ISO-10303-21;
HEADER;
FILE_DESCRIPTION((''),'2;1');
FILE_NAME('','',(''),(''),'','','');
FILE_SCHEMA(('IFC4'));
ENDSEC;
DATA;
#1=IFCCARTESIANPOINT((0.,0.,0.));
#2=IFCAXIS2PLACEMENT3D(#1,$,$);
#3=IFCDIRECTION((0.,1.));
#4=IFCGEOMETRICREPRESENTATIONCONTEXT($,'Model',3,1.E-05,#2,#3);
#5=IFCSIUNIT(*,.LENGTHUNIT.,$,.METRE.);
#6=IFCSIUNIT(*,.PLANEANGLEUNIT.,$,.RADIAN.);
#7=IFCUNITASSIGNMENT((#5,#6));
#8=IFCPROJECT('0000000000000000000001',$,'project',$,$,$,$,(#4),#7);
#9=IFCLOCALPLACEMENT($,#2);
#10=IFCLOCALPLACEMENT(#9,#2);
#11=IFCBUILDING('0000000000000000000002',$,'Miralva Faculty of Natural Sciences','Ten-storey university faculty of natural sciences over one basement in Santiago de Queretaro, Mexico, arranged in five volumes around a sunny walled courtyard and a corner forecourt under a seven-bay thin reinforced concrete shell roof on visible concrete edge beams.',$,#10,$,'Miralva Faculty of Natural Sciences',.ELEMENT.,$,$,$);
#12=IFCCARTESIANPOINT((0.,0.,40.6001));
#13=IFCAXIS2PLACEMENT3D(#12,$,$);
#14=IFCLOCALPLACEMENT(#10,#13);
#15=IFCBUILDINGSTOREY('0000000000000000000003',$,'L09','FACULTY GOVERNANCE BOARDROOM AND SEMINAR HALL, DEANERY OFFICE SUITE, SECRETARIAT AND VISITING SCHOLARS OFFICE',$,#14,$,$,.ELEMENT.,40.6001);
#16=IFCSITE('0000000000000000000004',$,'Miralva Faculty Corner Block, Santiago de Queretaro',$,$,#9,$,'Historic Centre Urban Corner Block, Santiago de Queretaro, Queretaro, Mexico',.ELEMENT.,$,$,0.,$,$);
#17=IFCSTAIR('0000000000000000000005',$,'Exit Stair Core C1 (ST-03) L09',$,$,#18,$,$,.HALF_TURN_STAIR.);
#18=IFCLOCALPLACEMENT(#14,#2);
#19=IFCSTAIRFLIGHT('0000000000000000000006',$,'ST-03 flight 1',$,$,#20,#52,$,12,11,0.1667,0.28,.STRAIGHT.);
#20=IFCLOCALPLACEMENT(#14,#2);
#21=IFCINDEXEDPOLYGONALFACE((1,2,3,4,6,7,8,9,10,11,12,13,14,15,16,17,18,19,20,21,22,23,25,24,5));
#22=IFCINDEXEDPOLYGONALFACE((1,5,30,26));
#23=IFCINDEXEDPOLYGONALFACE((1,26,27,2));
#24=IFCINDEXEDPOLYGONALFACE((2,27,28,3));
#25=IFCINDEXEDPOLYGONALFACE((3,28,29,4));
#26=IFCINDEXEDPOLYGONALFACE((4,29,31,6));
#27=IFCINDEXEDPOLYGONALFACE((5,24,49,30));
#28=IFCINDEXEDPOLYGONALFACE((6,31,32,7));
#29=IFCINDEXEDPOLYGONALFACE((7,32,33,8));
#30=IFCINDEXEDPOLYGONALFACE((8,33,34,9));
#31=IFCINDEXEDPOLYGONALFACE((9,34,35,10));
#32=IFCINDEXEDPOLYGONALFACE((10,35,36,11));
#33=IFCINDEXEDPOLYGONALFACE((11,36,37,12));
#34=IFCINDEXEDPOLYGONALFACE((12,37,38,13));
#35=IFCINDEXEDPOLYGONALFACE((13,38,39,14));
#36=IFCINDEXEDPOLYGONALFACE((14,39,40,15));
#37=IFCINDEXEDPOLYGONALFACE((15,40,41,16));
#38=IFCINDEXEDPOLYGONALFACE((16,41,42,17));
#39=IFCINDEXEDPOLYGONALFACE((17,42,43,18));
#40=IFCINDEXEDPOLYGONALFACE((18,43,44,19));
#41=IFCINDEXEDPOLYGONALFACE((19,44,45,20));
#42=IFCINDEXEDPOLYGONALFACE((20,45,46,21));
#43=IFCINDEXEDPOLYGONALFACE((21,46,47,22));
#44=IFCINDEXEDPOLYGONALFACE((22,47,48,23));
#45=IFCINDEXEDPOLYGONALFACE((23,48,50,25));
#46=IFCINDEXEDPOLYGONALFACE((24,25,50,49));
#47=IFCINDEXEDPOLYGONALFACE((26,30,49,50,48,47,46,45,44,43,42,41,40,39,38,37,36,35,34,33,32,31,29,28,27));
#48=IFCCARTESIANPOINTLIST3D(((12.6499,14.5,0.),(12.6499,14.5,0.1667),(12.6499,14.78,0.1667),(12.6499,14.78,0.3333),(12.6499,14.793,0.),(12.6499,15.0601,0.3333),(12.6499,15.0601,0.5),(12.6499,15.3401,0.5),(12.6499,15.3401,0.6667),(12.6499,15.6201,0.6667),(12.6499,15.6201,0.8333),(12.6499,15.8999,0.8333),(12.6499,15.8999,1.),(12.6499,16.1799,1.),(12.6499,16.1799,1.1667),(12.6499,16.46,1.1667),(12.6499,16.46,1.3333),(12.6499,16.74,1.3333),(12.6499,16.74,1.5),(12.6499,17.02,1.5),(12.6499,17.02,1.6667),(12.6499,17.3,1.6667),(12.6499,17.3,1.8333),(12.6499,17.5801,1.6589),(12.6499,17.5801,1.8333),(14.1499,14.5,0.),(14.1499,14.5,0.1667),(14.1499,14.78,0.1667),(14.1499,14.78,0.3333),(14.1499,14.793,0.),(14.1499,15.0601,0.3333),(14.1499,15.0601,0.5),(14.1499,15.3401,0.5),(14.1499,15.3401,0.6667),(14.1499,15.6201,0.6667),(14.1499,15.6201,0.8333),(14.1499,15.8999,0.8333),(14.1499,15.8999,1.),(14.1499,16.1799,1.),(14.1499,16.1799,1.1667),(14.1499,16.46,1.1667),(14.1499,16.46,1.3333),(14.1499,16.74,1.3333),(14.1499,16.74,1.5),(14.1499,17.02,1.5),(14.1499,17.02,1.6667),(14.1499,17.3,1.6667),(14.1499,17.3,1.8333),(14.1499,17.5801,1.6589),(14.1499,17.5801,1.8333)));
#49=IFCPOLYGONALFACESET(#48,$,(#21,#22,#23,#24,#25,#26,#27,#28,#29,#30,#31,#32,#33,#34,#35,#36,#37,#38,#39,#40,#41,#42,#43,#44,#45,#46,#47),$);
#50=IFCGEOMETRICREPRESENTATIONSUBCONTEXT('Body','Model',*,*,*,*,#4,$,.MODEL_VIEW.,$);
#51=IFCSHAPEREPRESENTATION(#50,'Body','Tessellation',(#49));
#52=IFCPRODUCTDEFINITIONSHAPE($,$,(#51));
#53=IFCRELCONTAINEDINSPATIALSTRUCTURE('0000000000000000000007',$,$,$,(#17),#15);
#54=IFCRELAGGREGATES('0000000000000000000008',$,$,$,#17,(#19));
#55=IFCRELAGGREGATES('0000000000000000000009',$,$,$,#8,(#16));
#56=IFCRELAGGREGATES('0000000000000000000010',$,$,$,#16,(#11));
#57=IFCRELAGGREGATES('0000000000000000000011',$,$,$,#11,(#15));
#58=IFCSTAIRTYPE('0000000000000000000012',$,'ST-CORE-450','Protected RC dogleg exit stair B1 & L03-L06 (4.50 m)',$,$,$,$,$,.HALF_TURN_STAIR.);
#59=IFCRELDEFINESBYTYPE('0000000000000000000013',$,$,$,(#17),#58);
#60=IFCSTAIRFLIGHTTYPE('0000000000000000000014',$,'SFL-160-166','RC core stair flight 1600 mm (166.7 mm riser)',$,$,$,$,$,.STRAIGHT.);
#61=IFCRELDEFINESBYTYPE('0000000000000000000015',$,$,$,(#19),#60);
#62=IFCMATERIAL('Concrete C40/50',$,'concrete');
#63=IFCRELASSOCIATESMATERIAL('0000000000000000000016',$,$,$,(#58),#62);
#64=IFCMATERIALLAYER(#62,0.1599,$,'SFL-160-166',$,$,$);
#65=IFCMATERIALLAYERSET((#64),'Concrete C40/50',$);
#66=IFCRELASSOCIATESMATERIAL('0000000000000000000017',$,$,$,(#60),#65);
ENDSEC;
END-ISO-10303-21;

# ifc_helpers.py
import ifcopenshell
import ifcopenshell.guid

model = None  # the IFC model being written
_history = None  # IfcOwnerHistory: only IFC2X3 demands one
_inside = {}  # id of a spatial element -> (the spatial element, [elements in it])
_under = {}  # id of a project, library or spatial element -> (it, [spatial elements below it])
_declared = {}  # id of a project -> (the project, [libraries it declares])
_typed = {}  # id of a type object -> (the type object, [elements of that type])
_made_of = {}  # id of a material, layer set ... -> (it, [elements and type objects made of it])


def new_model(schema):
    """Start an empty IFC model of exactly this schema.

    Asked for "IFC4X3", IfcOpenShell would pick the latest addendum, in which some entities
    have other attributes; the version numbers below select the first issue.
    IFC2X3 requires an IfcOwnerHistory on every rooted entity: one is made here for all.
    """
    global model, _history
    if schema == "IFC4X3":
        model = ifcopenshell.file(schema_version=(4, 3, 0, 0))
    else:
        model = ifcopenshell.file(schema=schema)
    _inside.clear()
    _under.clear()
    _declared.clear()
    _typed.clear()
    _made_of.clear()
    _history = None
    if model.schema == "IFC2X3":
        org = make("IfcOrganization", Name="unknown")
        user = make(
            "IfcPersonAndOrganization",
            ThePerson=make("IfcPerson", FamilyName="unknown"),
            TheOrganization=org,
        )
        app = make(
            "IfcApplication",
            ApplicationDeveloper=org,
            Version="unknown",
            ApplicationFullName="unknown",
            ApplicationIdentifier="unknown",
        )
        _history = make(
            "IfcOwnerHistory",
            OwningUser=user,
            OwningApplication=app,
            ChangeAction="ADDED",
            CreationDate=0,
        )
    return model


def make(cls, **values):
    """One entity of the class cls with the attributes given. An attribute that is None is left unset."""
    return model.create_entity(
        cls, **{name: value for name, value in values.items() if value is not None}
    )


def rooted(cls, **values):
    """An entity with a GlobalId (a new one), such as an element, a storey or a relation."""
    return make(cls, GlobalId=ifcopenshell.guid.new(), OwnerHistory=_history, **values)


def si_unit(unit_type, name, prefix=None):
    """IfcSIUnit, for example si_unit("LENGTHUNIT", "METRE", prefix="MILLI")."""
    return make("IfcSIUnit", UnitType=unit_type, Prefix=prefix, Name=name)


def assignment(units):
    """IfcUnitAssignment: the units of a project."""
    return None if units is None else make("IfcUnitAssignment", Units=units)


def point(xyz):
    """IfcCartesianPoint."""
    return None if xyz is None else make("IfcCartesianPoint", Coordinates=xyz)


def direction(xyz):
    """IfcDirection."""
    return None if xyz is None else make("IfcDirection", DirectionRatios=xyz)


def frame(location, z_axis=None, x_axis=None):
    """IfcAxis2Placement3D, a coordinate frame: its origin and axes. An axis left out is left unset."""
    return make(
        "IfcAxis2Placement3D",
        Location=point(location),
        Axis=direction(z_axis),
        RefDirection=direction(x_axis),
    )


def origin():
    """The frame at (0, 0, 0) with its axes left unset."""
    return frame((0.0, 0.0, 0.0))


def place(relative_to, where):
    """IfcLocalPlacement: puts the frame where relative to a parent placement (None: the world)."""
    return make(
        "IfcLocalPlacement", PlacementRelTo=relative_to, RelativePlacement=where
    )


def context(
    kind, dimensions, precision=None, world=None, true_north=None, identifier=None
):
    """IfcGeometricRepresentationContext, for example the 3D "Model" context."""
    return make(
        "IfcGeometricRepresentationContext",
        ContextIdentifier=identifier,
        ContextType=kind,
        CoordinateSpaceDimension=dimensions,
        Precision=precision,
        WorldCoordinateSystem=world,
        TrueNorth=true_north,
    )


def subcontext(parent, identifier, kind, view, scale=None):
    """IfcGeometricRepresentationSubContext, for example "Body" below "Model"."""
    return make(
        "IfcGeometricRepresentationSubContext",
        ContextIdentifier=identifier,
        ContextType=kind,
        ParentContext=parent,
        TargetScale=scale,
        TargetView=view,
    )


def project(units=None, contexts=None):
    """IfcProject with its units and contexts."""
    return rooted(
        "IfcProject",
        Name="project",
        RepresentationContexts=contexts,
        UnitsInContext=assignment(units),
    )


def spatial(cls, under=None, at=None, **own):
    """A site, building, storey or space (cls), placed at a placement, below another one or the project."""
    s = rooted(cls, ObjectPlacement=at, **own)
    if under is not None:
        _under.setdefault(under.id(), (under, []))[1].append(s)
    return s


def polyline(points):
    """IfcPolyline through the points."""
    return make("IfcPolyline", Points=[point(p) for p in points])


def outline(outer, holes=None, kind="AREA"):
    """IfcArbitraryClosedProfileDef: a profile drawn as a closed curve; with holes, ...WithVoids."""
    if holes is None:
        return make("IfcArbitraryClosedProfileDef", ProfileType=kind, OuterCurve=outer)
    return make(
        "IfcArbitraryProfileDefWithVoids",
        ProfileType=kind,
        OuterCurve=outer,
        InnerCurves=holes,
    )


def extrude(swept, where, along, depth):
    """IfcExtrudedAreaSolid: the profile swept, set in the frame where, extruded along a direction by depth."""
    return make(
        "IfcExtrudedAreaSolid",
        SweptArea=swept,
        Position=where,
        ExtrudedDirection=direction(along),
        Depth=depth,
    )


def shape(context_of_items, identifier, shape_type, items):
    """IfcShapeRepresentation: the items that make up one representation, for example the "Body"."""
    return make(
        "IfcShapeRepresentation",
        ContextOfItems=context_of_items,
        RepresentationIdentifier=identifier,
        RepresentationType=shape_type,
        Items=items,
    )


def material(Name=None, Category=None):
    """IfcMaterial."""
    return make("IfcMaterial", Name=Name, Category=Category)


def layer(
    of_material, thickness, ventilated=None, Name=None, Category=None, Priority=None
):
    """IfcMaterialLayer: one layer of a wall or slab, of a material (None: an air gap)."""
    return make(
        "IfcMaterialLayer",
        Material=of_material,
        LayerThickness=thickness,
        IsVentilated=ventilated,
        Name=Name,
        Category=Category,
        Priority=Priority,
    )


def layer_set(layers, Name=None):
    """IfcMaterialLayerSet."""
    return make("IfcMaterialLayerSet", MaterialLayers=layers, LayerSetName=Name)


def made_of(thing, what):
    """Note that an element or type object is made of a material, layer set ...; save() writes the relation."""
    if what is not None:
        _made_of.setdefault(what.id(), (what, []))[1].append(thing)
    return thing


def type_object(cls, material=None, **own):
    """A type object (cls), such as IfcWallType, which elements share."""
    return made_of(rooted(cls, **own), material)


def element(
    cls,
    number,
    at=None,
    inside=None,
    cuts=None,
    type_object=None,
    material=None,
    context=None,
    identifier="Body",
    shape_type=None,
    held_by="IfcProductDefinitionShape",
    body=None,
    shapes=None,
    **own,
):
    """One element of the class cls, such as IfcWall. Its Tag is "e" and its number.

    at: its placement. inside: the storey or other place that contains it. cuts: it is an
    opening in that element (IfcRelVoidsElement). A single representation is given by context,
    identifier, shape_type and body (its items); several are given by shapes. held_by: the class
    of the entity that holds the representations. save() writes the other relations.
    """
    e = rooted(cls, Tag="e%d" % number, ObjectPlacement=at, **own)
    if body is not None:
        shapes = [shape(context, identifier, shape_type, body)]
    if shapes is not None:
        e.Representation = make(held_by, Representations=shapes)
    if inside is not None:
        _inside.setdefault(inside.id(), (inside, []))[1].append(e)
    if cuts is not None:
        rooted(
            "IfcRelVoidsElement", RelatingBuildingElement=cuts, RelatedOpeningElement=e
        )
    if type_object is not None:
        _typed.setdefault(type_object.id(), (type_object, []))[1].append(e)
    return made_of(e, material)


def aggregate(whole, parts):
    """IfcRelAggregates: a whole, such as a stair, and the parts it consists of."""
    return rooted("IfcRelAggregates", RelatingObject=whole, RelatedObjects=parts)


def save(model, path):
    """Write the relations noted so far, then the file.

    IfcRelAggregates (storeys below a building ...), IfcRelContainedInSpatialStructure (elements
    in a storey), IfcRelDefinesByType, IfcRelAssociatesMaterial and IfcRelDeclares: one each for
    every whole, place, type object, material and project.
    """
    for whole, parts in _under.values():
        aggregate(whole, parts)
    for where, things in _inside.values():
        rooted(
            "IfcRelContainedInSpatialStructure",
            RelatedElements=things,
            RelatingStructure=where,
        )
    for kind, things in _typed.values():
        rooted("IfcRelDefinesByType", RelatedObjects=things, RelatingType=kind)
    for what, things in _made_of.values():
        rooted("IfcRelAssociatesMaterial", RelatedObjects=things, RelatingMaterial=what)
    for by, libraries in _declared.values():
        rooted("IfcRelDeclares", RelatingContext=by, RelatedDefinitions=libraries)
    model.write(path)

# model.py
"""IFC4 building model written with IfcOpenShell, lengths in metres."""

from ifc_helpers import new_model, si_unit, direction, frame, origin, place, context, subcontext, project, spatial, polyline, outline, extrude, material, layer, layer_set, type_object, element, aggregate, save


model = new_model("IFC4")

# Units and contexts
model_context = context("Model", 3, precision=1e-05, world=origin(), true_north=direction((0.0, 1.0)))
body_context = subcontext(model_context, "Body", "Model", "MODEL_VIEW")
ifc_project = project(units=[si_unit("LENGTHUNIT", "METRE"), si_unit("PLANEANGLEUNIT", "RADIAN")], contexts=[model_context])

# Site, building, storey
site_placement = place(None, origin())
site = spatial("IfcSite", under=ifc_project, at=site_placement, Name="Miralva Faculty Corner Block, Santiago de Queretaro", LongName="Historic Centre Urban Corner Block, Santiago de Queretaro, Queretaro, Mexico", CompositionType="ELEMENT", RefElevation=0.0)
building_placement = place(site_placement, origin())
building = spatial("IfcBuilding", under=site, at=building_placement, Name="Miralva Faculty of Natural Sciences", Description="Ten-storey university faculty of natural sciences over one basement in Santiago de Queretaro, Mexico, arranged in five volumes around a sunny walled courtyard and a corner forecourt under a seven-bay thin reinforced concrete shell roof on visible concrete edge beams.", LongName="Miralva Faculty of Natural Sciences", CompositionType="ELEMENT")
storey_placement = place(building_placement, frame((0.0, 0.0, 40.6001)))
storey = spatial("IfcBuildingStorey", under=building, at=storey_placement, Name="L09", Description="FACULTY GOVERNANCE BOARDROOM AND SEMINAR HALL, DEANERY OFFICE SUITE, SECRETARIAT AND VISITING SCHOLARS OFFICE", CompositionType="ELEMENT", Elevation=40.6001)

# Shared definitions
ifc_material_1 = material(Name="Concrete C40/50", Category="concrete")

# Stair, stair flight
stair_type = type_object("IfcStairType", Name="ST-CORE-450", Description="Protected RC dogleg exit stair B1 & L03-L06 (4.50 m)", PredefinedType="HALF_TURN_STAIR", material=ifc_material_1)
stair_placement = place(storey_placement, origin())
stair = element("IfcStair", 1, at=stair_placement, inside=storey, type_object=stair_type, Name="Exit Stair Core C1 (ST-03) L09", PredefinedType="HALF_TURN_STAIR")
ifc_layer_1 = layer(ifc_material_1, 0.1599, Name="SFL-160-166")
ifc_layer_set_1 = layer_set([ifc_layer_1], Name="Concrete C40/50")
stair_flight_type = type_object("IfcStairFlightType", Name="SFL-160-166", Description="RC core stair flight 1600 mm (166.7 mm riser)", PredefinedType="STRAIGHT", material=ifc_layer_set_1)
stair_flight_placement = place(storey_placement, frame((13.3999, 14.5, 0.0), z_axis=(0.0, 0.0, 1.0), x_axis=(0.0, 1.0, 0.0)))
stair_flight = element("IfcStairFlight", 2, at=stair_flight_placement, type_object=stair_flight_type, Name="ST-03 flight 1", NumberOfRisers=12, NumberOfTreads=11, PredefinedType="STRAIGHT", RiserHeight=0.1667, TreadLength=0.28, context=body_context, shape_type="SweptSolid", body=[
    extrude(outline(polyline([(0.0, 0.0), (0.0, 0.1667), (0.28, 0.1667), (0.28, 0.3333), (0.5601, 0.3333), (0.5601, 0.5), (0.8401, 0.5), (0.8401, 0.6667), (1.1201, 0.6667), (1.1201, 0.8333), (1.3999, 0.8333), (1.3999, 1.0), (1.6799, 1.0), (1.6799, 1.1667), (1.96, 1.1667), (1.96, 1.3333), (2.24, 1.3333), (2.24, 1.5), (2.52, 1.5), (2.52, 1.6667), (2.8, 1.6667), (2.8, 1.8333), (3.0801, 1.8333), (3.0801, 2.0), (3.0801, 1.6589), (0.293, 0.0), (0.0, 0.0)])), frame((0.0, 0.75, 0.0), z_axis=(0.0, -1.0, 0.0), x_axis=(1.0, 0.0, 0.0)), (0.0, 0.0, 1.0), 1.5),
])
aggregate(stair, [stair_flight])

save(model, "model.ifc")
